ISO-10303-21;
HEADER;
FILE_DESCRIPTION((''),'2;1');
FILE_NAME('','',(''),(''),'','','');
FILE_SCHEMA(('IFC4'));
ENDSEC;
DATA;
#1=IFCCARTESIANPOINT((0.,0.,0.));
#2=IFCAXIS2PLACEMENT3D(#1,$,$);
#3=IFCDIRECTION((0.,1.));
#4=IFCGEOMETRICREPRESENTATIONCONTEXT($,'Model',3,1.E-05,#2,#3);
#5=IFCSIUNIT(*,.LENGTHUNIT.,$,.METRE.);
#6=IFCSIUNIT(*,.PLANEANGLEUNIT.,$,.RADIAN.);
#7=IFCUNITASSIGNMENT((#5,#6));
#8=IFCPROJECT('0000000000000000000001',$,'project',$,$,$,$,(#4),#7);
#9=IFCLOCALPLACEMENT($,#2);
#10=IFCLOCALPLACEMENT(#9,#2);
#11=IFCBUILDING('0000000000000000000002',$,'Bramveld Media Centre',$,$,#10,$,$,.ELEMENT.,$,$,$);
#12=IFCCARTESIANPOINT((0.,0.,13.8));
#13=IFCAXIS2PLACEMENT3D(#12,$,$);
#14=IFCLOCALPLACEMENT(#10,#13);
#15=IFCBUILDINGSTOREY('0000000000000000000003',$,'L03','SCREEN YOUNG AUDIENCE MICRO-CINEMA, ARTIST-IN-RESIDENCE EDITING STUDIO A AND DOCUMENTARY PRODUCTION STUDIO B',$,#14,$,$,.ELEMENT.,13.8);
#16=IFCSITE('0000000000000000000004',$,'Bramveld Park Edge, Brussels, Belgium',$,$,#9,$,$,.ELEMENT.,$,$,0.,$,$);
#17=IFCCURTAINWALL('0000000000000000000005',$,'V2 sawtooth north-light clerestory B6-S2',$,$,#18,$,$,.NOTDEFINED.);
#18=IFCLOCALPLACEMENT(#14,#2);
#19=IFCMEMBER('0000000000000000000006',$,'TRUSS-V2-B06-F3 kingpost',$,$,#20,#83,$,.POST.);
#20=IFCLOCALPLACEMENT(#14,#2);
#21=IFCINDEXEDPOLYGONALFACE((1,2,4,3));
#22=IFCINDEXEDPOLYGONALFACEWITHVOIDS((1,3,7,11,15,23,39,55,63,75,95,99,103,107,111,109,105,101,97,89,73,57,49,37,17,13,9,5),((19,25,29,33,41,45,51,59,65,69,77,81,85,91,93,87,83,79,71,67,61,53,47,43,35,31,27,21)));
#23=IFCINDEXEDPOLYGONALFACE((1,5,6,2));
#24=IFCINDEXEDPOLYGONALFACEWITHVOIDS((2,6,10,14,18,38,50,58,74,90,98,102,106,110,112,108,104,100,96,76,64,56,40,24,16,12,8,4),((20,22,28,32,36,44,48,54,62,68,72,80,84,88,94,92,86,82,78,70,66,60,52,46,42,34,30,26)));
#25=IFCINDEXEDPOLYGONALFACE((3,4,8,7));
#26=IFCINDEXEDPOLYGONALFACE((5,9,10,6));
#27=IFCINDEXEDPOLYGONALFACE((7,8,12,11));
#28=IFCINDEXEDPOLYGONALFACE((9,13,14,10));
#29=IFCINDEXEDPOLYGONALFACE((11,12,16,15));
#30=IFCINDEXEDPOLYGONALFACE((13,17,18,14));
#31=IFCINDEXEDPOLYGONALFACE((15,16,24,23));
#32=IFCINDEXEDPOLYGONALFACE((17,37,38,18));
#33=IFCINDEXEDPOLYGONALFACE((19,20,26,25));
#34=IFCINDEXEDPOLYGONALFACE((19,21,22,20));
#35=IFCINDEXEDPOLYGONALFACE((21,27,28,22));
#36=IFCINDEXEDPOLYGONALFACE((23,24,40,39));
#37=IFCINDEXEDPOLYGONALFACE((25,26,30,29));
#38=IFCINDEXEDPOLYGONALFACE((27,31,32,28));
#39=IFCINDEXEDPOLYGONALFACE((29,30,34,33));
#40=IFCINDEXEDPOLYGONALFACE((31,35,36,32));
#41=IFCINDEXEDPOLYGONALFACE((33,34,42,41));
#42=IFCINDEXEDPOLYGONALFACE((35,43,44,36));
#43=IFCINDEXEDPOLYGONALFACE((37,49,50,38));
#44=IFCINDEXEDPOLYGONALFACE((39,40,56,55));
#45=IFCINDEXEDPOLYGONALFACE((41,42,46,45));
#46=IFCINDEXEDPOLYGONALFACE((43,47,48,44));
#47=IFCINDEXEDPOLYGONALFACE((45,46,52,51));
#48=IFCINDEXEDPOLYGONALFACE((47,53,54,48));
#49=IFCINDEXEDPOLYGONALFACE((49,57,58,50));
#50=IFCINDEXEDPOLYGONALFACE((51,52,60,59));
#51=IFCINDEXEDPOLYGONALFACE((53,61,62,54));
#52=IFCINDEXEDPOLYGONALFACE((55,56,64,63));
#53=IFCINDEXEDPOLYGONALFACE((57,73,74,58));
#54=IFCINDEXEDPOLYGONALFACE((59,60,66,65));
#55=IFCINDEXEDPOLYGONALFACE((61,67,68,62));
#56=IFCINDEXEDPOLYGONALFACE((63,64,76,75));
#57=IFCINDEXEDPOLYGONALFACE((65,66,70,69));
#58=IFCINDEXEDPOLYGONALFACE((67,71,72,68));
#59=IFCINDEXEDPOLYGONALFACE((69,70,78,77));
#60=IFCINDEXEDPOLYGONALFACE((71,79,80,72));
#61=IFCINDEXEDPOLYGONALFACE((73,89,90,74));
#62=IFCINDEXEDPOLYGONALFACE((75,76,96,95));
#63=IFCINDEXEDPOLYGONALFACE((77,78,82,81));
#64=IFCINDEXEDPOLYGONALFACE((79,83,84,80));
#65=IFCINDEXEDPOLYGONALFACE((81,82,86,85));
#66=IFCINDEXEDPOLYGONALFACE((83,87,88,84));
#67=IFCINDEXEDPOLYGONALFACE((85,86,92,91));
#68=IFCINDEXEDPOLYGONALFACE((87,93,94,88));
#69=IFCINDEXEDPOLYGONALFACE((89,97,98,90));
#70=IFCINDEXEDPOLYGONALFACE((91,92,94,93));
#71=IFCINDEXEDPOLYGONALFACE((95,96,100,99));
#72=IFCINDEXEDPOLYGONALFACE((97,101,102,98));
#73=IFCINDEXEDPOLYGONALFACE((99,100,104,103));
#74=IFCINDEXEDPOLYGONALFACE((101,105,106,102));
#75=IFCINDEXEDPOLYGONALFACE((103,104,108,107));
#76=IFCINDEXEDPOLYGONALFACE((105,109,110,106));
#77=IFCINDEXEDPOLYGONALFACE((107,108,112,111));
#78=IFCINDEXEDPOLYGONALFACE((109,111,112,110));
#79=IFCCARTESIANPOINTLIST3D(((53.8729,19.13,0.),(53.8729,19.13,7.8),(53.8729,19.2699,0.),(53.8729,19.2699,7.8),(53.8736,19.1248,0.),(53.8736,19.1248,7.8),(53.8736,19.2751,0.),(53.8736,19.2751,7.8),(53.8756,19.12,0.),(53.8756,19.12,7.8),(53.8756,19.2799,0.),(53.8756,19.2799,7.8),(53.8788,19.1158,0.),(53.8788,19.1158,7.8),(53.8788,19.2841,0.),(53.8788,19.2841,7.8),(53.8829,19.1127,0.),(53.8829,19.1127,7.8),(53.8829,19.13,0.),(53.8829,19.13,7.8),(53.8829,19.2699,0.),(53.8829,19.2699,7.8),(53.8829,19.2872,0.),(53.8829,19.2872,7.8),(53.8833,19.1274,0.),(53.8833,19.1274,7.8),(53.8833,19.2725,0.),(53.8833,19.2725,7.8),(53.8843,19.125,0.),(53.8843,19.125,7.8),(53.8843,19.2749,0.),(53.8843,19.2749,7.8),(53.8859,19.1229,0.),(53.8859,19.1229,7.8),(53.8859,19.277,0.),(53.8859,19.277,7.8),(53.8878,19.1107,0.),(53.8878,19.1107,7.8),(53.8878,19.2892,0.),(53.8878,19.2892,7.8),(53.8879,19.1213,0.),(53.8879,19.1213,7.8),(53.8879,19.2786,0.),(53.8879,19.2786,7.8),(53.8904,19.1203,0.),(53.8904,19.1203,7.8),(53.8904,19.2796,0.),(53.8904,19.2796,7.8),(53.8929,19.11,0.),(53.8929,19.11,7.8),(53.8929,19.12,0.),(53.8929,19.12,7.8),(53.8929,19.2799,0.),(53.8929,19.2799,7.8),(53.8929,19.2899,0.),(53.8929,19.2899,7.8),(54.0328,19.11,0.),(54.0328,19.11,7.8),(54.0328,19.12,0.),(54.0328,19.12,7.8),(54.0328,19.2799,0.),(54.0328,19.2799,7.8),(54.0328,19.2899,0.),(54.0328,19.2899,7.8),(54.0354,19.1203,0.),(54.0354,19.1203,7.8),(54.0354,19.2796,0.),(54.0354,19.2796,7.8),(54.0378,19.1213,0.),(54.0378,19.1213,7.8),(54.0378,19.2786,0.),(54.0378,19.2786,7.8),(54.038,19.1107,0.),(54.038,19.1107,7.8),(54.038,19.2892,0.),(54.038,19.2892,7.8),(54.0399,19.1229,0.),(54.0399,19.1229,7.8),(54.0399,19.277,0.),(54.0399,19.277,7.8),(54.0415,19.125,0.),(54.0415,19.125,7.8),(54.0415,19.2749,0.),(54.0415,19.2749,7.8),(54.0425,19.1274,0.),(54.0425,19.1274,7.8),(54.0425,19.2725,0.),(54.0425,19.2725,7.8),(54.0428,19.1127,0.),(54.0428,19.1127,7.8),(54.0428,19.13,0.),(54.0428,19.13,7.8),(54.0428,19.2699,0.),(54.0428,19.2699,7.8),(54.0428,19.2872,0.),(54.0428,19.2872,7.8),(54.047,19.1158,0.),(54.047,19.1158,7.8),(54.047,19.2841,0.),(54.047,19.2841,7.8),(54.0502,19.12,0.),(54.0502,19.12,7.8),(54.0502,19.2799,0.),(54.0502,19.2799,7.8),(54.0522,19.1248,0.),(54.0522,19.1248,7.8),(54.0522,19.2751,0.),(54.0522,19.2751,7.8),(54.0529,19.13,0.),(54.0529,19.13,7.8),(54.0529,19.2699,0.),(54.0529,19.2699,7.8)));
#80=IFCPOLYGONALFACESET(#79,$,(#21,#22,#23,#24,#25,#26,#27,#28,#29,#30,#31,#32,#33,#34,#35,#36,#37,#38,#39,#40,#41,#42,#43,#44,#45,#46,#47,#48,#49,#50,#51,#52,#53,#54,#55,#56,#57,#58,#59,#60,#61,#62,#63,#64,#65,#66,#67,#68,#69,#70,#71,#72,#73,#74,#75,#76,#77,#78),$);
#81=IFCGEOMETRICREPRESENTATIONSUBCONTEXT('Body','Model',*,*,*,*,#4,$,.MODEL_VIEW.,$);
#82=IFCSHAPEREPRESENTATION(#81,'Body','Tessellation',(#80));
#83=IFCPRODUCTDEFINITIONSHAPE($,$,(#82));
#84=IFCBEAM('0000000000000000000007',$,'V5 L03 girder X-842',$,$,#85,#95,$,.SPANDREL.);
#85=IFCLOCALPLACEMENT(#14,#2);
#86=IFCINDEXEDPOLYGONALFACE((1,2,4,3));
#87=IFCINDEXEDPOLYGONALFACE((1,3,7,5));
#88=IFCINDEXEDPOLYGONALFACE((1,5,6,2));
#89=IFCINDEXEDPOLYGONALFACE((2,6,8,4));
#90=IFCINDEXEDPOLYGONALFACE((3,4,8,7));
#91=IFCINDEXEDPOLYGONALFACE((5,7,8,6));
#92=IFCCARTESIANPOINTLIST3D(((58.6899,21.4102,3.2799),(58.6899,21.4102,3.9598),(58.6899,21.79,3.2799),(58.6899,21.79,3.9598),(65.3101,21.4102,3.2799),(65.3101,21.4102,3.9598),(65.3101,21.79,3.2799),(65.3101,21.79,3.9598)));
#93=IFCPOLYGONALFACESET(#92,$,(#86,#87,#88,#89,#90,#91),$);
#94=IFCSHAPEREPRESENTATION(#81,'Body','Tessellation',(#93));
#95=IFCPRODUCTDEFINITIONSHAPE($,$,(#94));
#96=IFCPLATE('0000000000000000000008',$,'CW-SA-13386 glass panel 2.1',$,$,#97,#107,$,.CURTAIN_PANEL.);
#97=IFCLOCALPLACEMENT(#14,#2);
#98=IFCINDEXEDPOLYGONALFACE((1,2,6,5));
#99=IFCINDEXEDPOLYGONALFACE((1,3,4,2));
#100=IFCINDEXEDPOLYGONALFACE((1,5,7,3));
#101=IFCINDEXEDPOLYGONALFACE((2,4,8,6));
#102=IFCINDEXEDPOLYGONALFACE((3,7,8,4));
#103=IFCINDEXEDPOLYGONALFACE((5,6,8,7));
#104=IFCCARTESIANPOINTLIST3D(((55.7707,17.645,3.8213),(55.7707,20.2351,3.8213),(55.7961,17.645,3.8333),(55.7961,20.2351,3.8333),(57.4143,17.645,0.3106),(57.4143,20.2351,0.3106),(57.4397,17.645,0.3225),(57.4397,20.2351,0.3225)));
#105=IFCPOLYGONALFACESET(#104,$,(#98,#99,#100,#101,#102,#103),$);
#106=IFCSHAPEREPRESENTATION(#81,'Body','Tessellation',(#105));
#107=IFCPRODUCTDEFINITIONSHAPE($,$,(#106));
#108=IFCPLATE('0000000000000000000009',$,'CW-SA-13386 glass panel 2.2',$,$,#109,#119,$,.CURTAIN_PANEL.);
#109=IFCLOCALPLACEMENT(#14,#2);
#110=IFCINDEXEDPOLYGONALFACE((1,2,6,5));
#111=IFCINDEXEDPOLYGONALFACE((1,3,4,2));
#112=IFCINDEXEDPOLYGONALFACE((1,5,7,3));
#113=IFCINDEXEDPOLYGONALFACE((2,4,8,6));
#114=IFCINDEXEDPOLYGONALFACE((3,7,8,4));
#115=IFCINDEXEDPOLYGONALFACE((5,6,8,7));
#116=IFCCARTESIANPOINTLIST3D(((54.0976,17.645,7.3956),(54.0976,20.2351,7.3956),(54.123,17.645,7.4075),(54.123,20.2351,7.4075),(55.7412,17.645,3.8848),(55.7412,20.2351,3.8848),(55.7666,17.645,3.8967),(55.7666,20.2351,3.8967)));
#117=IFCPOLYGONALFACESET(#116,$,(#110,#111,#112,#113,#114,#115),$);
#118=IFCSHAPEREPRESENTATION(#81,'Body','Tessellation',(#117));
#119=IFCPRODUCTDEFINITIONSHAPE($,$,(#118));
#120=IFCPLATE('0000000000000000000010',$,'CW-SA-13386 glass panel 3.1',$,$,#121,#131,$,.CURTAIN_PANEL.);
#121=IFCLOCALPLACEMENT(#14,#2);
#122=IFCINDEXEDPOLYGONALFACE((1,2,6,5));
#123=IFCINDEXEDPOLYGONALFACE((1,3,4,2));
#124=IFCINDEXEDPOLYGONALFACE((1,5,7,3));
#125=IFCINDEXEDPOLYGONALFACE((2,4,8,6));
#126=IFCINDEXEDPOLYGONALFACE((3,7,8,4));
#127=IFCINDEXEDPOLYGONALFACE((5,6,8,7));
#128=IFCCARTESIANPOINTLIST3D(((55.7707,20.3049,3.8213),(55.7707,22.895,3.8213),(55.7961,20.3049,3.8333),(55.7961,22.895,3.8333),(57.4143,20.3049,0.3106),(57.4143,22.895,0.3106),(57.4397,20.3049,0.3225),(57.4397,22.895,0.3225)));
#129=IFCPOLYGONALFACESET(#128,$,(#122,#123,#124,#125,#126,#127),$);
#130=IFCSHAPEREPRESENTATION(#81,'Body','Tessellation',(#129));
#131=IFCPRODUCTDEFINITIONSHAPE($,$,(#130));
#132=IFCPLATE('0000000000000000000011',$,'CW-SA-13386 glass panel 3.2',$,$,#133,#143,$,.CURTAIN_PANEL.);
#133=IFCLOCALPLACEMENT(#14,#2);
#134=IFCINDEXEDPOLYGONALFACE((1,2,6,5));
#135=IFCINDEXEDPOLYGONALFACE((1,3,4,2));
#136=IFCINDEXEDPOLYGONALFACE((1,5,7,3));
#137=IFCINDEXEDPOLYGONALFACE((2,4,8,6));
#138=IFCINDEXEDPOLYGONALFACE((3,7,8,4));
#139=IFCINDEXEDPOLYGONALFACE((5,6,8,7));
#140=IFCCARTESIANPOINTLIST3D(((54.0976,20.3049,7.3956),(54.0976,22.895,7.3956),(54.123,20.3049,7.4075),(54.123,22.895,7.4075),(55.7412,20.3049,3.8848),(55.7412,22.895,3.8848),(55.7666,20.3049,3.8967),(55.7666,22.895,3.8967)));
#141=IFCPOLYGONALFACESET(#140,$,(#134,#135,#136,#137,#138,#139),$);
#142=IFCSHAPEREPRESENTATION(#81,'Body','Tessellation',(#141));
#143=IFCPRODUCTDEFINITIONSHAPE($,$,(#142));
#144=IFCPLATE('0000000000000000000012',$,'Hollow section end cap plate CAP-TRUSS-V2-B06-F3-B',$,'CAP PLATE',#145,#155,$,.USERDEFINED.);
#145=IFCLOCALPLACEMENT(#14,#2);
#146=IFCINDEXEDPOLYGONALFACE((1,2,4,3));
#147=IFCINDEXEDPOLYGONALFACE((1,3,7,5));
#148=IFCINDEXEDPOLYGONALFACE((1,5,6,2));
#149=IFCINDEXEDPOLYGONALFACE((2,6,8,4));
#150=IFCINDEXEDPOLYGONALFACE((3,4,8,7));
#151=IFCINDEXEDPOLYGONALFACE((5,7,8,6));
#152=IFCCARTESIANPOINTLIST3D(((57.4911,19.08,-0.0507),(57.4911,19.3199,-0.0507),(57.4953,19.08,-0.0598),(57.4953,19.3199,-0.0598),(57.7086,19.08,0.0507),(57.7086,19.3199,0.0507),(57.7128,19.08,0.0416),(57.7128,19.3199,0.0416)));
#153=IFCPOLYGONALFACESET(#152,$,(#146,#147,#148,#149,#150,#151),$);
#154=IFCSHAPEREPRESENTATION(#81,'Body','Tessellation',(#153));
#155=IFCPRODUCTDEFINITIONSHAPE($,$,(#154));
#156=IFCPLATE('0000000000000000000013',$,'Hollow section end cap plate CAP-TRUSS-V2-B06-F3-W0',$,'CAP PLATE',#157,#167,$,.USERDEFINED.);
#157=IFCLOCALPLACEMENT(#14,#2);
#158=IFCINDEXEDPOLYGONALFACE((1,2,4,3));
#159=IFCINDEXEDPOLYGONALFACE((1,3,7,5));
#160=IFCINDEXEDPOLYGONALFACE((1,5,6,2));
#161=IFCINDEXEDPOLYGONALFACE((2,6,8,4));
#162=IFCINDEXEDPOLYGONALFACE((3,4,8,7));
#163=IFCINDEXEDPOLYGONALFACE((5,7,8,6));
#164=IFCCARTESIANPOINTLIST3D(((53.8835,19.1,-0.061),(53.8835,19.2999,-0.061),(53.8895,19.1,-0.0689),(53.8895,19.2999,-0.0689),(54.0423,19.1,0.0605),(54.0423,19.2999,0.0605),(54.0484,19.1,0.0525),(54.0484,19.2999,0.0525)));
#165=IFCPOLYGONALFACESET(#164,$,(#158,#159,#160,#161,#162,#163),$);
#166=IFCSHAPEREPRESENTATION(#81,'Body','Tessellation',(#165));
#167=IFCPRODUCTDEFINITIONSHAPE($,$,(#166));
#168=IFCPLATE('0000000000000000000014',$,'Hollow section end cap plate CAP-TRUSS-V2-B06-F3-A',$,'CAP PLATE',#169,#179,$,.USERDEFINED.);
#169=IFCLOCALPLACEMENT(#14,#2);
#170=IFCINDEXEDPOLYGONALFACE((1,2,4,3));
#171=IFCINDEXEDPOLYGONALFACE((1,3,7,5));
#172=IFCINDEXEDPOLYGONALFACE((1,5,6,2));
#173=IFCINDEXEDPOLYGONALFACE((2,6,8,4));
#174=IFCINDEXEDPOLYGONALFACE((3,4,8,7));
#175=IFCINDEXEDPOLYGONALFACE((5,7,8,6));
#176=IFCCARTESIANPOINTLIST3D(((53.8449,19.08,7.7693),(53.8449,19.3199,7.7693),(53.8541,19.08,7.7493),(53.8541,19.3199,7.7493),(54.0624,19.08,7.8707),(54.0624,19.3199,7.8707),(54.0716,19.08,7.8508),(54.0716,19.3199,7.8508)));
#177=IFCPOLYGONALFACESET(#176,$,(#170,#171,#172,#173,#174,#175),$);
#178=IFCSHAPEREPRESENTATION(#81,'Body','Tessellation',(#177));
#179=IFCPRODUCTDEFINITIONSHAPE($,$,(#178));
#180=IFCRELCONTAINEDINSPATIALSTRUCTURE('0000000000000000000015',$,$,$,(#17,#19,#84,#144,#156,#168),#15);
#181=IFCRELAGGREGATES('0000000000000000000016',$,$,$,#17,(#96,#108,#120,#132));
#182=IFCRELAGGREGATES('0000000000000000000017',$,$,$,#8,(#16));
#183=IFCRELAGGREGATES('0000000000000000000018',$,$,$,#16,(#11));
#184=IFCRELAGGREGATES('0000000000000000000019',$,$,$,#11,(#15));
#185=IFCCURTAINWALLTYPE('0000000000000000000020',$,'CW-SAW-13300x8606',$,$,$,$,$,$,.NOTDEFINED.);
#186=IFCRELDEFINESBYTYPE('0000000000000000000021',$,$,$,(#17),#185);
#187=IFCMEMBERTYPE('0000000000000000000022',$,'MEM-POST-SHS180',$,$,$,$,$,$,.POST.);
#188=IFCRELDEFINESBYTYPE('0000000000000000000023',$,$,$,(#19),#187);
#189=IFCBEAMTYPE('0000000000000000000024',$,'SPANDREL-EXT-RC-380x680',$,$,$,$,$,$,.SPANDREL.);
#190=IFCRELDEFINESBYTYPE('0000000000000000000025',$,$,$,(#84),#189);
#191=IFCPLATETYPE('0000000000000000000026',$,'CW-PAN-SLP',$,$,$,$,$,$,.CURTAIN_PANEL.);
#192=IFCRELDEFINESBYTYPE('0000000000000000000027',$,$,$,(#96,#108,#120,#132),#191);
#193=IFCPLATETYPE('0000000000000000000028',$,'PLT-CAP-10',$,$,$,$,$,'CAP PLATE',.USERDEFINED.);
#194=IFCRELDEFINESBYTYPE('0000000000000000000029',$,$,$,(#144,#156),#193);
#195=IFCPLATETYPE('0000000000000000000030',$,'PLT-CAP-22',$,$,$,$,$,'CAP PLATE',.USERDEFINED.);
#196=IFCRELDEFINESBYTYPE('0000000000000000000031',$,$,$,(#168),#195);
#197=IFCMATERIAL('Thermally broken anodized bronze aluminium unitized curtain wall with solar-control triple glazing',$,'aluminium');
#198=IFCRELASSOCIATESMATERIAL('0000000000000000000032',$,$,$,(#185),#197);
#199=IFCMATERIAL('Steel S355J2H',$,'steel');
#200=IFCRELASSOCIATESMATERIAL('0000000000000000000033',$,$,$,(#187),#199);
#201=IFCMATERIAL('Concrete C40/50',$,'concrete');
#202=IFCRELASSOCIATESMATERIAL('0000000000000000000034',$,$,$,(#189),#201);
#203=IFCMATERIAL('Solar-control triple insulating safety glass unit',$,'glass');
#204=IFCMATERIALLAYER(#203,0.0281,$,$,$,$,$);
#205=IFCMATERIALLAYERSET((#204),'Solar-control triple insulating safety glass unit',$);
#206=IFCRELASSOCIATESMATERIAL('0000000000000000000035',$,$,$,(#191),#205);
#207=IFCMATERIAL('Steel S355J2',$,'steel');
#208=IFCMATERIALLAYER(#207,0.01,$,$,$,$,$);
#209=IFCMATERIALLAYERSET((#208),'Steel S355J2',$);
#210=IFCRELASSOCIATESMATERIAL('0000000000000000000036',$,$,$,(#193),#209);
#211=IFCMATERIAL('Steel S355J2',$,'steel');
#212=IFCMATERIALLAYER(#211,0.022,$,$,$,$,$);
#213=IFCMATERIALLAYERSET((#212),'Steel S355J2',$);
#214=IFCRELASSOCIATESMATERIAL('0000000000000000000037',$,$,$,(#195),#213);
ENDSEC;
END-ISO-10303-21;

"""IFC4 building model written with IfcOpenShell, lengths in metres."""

from ifc_helpers import new_model, si_unit, direction, frame, origin, origin_2d, place, context, subcontext, project, spatial, polyline, rectangle, hollow_rectangle, outline, extrude, material, layer, layer_set, material_profile, profile_set, type_object, element, aggregate, save


model = new_model("IFC4")

# Units and contexts
model_context = context("Model", 3, precision=1e-05, world=origin(), true_north=direction((0.0, 1.0)))
body_context = subcontext(model_context, "Body", "Model", "MODEL_VIEW")
ifc_project = project(units=[si_unit("LENGTHUNIT", "METRE"), si_unit("PLANEANGLEUNIT", "RADIAN")], contexts=[model_context])

# Site, building, storey
site_placement = place(None, origin())
site = spatial("IfcSite", under=ifc_project, at=site_placement, Name="Bramveld Park Edge, Brussels, Belgium", CompositionType="ELEMENT", RefElevation=0.0)
building_placement = place(site_placement, origin())
building = spatial("IfcBuilding", under=site, at=building_placement, Name="Bramveld Media Centre", CompositionType="ELEMENT")
storey_placement = place(building_placement, frame((0.0, 0.0, 13.8)))
storey = spatial("IfcBuildingStorey", under=building, at=storey_placement, Name="L03", Description="SCREEN YOUNG AUDIENCE MICRO-CINEMA, ARTIST-IN-RESIDENCE EDITING STUDIO A AND DOCUMENTARY PRODUCTION STUDIO B", CompositionType="ELEMENT", Elevation=13.8)

# Curtain wall
ifc_material_1 = material(Name="Thermally broken anodized bronze aluminium unitized curtain wall with solar-control triple glazing", Category="aluminium")
curtain_wall_type = type_object("IfcCurtainWallType", Name="CW-SAW-13300x8606", PredefinedType="NOTDEFINED", material=ifc_material_1)
curtain_wall_placement = place(storey_placement, origin())
curtain_wall = element("IfcCurtainWall", 1, at=curtain_wall_placement, inside=storey, type_object=curtain_wall_type, Name="V2 sawtooth north-light clerestory B6-S2", PredefinedType="NOTDEFINED")

# Member
ifc_material_2 = material(Name="Steel S355J2H", Category="steel")
ifc_material_profile_1 = material_profile(ifc_material_2, hollow_rectangle(XDim=0.1799, YDim=0.1799, WallThickness=0.01, InnerFilletRadius=0.01, OuterFilletRadius=0.02, at=origin_2d()), Name="SHS 180x180x10")
ifc_profile_set_1 = profile_set([ifc_material_profile_1], Name="Steel S355J2H")
member_type_1 = type_object("IfcMemberType", Name="MEM-POST-SHS180", PredefinedType="POST", material=ifc_profile_set_1)
member_1_placement = place(storey_placement, frame((53.9629, 19.2, 0.0), z_axis=(0.0, 0.0, 1.0), x_axis=(1.0, 0.0, 0.0)))
element("IfcMember", 2, at=member_1_placement, inside=storey, type_object=member_type_1, Name="TRUSS-V2-B06-F3 kingpost", PredefinedType="POST", context=body_context, shape_type="SweptSolid", body=[
    extrude(hollow_rectangle(XDim=0.1799, YDim=0.1799, WallThickness=0.01, InnerFilletRadius=0.01, OuterFilletRadius=0.02, at=origin_2d()), origin(), (0.0, 0.0, 1.0), 7.8),
])

# Beam
ifc_material_3 = material(Name="Concrete C40/50", Category="concrete")
ifc_material_profile_2 = material_profile(ifc_material_3, rectangle(XDim=0.3799, YDim=0.6799, at=origin_2d()), Name="RC 380x680")
ifc_profile_set_2 = profile_set([ifc_material_profile_2], Name="Concrete C40/50")
beam_type = type_object("IfcBeamType", Name="SPANDREL-EXT-RC-380x680", PredefinedType="SPANDREL", material=ifc_profile_set_2)
beam_placement = place(storey_placement, frame((58.6899, 21.6001, 3.6199), z_axis=(1.0, 0.0, 0.0), x_axis=(0.0, 1.0, 0.0)))
element("IfcBeam", 3, at=beam_placement, inside=storey, type_object=beam_type, Name="V5 L03 girder X-842", PredefinedType="SPANDREL", context=body_context, shape_type="SweptSolid", body=[
    extrude(rectangle(XDim=0.3799, YDim=0.6799, at=origin_2d()), origin(), (0.0, 0.0, 1.0), 6.6201),
])

# Plates
ifc_material_4 = material(Name="Solar-control triple insulating safety glass unit", Category="glass")
ifc_layer_1 = layer(ifc_material_4, 0.0281)
ifc_layer_set_1 = layer_set([ifc_layer_1], Name="Solar-control triple insulating safety glass unit")
plate_type_1 = type_object("IfcPlateType", Name="CW-PAN-SLP", PredefinedType="CURTAIN_PANEL", material=ifc_layer_set_1)
plate_1_placement = place(storey_placement, frame((57.4397, 17.645, 0.3225), z_axis=(0.905668, 0.0, 0.423988), x_axis=(0.0, 1.0, 0.0)))
plate_1 = element("IfcPlate", 4, at=plate_1_placement, type_object=plate_type_1, Name="CW-SA-13386 glass panel 2.1", PredefinedType="CURTAIN_PANEL", context=body_context, shape_type="SweptSolid", body=[
    extrude(outline(polyline([(0.0, 0.0), (2.5901, 0.0), (2.5901, 3.8764), (0.0, 3.8764), (0.0, 0.0)])), origin(), (0.0, 0.0, -1.0), 0.0281),
])
plate_2_placement = place(storey_placement, frame((55.7666, 17.645, 3.8967), z_axis=(0.905668, 0.0, 0.423988), x_axis=(0.0, 1.0, 0.0)))
plate_2 = element("IfcPlate", 5, at=plate_2_placement, type_object=plate_type_1, Name="CW-SA-13386 glass panel 2.2", PredefinedType="CURTAIN_PANEL", context=body_context, shape_type="SweptSolid", body=[
    extrude(outline(polyline([(0.0, 0.0), (2.5901, 0.0), (2.5901, 3.8764), (0.0, 3.8764), (0.0, 0.0)])), origin(), (0.0, 0.0, -1.0), 0.0281),
])
plate_3_placement = place(storey_placement, frame((57.4397, 20.3049, 0.3225), z_axis=(0.905668, 0.0, 0.423988), x_axis=(0.0, 1.0, 0.0)))
plate_3 = element("IfcPlate", 6, at=plate_3_placement, type_object=plate_type_1, Name="CW-SA-13386 glass panel 3.1", PredefinedType="CURTAIN_PANEL", context=body_context, shape_type="SweptSolid", body=[
    extrude(outline(polyline([(0.0, 0.0), (2.5901, 0.0), (2.5901, 3.8764), (0.0, 3.8764), (0.0, 0.0)])), origin(), (0.0, 0.0, -1.0), 0.0281),
])
plate_4_placement = place(storey_placement, frame((55.7666, 20.3049, 3.8967), z_axis=(0.905668, 0.0, 0.423988), x_axis=(0.0, 1.0, 0.0)))
plate_4 = element("IfcPlate", 7, at=plate_4_placement, type_object=plate_type_1, Name="CW-SA-13386 glass panel 3.2", PredefinedType="CURTAIN_PANEL", context=body_context, shape_type="SweptSolid", body=[
    extrude(outline(polyline([(0.0, 0.0), (2.5901, 0.0), (2.5901, 3.8764), (0.0, 3.8764), (0.0, 0.0)])), origin(), (0.0, 0.0, -1.0), 0.0281),
])
aggregate(curtain_wall, [plate_1, plate_2, plate_3, plate_4])

# Plates
ifc_material_5 = material(Name="Steel S355J2", Category="steel")
ifc_layer_2 = layer(ifc_material_5, 0.01)
ifc_layer_set_2 = layer_set([ifc_layer_2], Name="Steel S355J2")
plate_type_2 = type_object("IfcPlateType", Name="PLT-CAP-10", ElementType="CAP PLATE", PredefinedType="USERDEFINED", material=ifc_layer_set_2)
plate_5_placement = place(storey_placement, frame((57.5999, 19.2, 0.0), z_axis=(0.422618, 0.0, -0.906308), x_axis=(0.0, 1.0, 0.0)))
element("IfcPlate", 8, at=plate_5_placement, inside=storey, type_object=plate_type_2, Name="Hollow section end cap plate CAP-TRUSS-V2-B06-F3-B", ObjectType="CAP PLATE", PredefinedType="USERDEFINED", context=body_context, shape_type="SweptSolid", body=[
    extrude(rectangle(XDim=0.24, YDim=0.24, at=origin_2d()), origin(), (0.0, 0.0, 1.0), 0.01),
])
plate_6_placement = place(storey_placement, frame((53.9629, 19.2, -0.0002), z_axis=(0.607328, 0.0, -0.794451), x_axis=(0.0, 1.0, 0.0)))
element("IfcPlate", 9, at=plate_6_placement, inside=storey, type_object=plate_type_2, Name="Hollow section end cap plate CAP-TRUSS-V2-B06-F3-W0", ObjectType="CAP PLATE", PredefinedType="USERDEFINED", context=body_context, shape_type="SweptSolid", body=[
    extrude(rectangle(XDim=0.2, YDim=0.2, at=origin_2d()), origin(), (0.0, 0.0, 1.0), 0.01),
])
ifc_material_6 = material(Name="Steel S355J2", Category="steel")
ifc_layer_3 = layer(ifc_material_6, 0.022)
ifc_layer_set_3 = layer_set([ifc_layer_3], Name="Steel S355J2")
plate_type_3 = type_object("IfcPlateType", Name="PLT-CAP-22", ElementType="CAP PLATE", PredefinedType="USERDEFINED", material=ifc_layer_set_3)
plate_7_placement = place(storey_placement, frame((53.9629, 19.2, 7.8), z_axis=(-0.422618, 0.0, 0.906308), x_axis=(0.0, -1.0, 0.0)))
element("IfcPlate", 10, at=plate_7_placement, inside=storey, type_object=plate_type_3, Name="Hollow section end cap plate CAP-TRUSS-V2-B06-F3-A", ObjectType="CAP PLATE", PredefinedType="USERDEFINED", context=body_context, shape_type="SweptSolid", body=[
    extrude(rectangle(XDim=0.24, YDim=0.24, at=origin_2d()), origin(), (0.0, 0.0, 1.0), 0.022),
])

save(model, "model.ifc")
